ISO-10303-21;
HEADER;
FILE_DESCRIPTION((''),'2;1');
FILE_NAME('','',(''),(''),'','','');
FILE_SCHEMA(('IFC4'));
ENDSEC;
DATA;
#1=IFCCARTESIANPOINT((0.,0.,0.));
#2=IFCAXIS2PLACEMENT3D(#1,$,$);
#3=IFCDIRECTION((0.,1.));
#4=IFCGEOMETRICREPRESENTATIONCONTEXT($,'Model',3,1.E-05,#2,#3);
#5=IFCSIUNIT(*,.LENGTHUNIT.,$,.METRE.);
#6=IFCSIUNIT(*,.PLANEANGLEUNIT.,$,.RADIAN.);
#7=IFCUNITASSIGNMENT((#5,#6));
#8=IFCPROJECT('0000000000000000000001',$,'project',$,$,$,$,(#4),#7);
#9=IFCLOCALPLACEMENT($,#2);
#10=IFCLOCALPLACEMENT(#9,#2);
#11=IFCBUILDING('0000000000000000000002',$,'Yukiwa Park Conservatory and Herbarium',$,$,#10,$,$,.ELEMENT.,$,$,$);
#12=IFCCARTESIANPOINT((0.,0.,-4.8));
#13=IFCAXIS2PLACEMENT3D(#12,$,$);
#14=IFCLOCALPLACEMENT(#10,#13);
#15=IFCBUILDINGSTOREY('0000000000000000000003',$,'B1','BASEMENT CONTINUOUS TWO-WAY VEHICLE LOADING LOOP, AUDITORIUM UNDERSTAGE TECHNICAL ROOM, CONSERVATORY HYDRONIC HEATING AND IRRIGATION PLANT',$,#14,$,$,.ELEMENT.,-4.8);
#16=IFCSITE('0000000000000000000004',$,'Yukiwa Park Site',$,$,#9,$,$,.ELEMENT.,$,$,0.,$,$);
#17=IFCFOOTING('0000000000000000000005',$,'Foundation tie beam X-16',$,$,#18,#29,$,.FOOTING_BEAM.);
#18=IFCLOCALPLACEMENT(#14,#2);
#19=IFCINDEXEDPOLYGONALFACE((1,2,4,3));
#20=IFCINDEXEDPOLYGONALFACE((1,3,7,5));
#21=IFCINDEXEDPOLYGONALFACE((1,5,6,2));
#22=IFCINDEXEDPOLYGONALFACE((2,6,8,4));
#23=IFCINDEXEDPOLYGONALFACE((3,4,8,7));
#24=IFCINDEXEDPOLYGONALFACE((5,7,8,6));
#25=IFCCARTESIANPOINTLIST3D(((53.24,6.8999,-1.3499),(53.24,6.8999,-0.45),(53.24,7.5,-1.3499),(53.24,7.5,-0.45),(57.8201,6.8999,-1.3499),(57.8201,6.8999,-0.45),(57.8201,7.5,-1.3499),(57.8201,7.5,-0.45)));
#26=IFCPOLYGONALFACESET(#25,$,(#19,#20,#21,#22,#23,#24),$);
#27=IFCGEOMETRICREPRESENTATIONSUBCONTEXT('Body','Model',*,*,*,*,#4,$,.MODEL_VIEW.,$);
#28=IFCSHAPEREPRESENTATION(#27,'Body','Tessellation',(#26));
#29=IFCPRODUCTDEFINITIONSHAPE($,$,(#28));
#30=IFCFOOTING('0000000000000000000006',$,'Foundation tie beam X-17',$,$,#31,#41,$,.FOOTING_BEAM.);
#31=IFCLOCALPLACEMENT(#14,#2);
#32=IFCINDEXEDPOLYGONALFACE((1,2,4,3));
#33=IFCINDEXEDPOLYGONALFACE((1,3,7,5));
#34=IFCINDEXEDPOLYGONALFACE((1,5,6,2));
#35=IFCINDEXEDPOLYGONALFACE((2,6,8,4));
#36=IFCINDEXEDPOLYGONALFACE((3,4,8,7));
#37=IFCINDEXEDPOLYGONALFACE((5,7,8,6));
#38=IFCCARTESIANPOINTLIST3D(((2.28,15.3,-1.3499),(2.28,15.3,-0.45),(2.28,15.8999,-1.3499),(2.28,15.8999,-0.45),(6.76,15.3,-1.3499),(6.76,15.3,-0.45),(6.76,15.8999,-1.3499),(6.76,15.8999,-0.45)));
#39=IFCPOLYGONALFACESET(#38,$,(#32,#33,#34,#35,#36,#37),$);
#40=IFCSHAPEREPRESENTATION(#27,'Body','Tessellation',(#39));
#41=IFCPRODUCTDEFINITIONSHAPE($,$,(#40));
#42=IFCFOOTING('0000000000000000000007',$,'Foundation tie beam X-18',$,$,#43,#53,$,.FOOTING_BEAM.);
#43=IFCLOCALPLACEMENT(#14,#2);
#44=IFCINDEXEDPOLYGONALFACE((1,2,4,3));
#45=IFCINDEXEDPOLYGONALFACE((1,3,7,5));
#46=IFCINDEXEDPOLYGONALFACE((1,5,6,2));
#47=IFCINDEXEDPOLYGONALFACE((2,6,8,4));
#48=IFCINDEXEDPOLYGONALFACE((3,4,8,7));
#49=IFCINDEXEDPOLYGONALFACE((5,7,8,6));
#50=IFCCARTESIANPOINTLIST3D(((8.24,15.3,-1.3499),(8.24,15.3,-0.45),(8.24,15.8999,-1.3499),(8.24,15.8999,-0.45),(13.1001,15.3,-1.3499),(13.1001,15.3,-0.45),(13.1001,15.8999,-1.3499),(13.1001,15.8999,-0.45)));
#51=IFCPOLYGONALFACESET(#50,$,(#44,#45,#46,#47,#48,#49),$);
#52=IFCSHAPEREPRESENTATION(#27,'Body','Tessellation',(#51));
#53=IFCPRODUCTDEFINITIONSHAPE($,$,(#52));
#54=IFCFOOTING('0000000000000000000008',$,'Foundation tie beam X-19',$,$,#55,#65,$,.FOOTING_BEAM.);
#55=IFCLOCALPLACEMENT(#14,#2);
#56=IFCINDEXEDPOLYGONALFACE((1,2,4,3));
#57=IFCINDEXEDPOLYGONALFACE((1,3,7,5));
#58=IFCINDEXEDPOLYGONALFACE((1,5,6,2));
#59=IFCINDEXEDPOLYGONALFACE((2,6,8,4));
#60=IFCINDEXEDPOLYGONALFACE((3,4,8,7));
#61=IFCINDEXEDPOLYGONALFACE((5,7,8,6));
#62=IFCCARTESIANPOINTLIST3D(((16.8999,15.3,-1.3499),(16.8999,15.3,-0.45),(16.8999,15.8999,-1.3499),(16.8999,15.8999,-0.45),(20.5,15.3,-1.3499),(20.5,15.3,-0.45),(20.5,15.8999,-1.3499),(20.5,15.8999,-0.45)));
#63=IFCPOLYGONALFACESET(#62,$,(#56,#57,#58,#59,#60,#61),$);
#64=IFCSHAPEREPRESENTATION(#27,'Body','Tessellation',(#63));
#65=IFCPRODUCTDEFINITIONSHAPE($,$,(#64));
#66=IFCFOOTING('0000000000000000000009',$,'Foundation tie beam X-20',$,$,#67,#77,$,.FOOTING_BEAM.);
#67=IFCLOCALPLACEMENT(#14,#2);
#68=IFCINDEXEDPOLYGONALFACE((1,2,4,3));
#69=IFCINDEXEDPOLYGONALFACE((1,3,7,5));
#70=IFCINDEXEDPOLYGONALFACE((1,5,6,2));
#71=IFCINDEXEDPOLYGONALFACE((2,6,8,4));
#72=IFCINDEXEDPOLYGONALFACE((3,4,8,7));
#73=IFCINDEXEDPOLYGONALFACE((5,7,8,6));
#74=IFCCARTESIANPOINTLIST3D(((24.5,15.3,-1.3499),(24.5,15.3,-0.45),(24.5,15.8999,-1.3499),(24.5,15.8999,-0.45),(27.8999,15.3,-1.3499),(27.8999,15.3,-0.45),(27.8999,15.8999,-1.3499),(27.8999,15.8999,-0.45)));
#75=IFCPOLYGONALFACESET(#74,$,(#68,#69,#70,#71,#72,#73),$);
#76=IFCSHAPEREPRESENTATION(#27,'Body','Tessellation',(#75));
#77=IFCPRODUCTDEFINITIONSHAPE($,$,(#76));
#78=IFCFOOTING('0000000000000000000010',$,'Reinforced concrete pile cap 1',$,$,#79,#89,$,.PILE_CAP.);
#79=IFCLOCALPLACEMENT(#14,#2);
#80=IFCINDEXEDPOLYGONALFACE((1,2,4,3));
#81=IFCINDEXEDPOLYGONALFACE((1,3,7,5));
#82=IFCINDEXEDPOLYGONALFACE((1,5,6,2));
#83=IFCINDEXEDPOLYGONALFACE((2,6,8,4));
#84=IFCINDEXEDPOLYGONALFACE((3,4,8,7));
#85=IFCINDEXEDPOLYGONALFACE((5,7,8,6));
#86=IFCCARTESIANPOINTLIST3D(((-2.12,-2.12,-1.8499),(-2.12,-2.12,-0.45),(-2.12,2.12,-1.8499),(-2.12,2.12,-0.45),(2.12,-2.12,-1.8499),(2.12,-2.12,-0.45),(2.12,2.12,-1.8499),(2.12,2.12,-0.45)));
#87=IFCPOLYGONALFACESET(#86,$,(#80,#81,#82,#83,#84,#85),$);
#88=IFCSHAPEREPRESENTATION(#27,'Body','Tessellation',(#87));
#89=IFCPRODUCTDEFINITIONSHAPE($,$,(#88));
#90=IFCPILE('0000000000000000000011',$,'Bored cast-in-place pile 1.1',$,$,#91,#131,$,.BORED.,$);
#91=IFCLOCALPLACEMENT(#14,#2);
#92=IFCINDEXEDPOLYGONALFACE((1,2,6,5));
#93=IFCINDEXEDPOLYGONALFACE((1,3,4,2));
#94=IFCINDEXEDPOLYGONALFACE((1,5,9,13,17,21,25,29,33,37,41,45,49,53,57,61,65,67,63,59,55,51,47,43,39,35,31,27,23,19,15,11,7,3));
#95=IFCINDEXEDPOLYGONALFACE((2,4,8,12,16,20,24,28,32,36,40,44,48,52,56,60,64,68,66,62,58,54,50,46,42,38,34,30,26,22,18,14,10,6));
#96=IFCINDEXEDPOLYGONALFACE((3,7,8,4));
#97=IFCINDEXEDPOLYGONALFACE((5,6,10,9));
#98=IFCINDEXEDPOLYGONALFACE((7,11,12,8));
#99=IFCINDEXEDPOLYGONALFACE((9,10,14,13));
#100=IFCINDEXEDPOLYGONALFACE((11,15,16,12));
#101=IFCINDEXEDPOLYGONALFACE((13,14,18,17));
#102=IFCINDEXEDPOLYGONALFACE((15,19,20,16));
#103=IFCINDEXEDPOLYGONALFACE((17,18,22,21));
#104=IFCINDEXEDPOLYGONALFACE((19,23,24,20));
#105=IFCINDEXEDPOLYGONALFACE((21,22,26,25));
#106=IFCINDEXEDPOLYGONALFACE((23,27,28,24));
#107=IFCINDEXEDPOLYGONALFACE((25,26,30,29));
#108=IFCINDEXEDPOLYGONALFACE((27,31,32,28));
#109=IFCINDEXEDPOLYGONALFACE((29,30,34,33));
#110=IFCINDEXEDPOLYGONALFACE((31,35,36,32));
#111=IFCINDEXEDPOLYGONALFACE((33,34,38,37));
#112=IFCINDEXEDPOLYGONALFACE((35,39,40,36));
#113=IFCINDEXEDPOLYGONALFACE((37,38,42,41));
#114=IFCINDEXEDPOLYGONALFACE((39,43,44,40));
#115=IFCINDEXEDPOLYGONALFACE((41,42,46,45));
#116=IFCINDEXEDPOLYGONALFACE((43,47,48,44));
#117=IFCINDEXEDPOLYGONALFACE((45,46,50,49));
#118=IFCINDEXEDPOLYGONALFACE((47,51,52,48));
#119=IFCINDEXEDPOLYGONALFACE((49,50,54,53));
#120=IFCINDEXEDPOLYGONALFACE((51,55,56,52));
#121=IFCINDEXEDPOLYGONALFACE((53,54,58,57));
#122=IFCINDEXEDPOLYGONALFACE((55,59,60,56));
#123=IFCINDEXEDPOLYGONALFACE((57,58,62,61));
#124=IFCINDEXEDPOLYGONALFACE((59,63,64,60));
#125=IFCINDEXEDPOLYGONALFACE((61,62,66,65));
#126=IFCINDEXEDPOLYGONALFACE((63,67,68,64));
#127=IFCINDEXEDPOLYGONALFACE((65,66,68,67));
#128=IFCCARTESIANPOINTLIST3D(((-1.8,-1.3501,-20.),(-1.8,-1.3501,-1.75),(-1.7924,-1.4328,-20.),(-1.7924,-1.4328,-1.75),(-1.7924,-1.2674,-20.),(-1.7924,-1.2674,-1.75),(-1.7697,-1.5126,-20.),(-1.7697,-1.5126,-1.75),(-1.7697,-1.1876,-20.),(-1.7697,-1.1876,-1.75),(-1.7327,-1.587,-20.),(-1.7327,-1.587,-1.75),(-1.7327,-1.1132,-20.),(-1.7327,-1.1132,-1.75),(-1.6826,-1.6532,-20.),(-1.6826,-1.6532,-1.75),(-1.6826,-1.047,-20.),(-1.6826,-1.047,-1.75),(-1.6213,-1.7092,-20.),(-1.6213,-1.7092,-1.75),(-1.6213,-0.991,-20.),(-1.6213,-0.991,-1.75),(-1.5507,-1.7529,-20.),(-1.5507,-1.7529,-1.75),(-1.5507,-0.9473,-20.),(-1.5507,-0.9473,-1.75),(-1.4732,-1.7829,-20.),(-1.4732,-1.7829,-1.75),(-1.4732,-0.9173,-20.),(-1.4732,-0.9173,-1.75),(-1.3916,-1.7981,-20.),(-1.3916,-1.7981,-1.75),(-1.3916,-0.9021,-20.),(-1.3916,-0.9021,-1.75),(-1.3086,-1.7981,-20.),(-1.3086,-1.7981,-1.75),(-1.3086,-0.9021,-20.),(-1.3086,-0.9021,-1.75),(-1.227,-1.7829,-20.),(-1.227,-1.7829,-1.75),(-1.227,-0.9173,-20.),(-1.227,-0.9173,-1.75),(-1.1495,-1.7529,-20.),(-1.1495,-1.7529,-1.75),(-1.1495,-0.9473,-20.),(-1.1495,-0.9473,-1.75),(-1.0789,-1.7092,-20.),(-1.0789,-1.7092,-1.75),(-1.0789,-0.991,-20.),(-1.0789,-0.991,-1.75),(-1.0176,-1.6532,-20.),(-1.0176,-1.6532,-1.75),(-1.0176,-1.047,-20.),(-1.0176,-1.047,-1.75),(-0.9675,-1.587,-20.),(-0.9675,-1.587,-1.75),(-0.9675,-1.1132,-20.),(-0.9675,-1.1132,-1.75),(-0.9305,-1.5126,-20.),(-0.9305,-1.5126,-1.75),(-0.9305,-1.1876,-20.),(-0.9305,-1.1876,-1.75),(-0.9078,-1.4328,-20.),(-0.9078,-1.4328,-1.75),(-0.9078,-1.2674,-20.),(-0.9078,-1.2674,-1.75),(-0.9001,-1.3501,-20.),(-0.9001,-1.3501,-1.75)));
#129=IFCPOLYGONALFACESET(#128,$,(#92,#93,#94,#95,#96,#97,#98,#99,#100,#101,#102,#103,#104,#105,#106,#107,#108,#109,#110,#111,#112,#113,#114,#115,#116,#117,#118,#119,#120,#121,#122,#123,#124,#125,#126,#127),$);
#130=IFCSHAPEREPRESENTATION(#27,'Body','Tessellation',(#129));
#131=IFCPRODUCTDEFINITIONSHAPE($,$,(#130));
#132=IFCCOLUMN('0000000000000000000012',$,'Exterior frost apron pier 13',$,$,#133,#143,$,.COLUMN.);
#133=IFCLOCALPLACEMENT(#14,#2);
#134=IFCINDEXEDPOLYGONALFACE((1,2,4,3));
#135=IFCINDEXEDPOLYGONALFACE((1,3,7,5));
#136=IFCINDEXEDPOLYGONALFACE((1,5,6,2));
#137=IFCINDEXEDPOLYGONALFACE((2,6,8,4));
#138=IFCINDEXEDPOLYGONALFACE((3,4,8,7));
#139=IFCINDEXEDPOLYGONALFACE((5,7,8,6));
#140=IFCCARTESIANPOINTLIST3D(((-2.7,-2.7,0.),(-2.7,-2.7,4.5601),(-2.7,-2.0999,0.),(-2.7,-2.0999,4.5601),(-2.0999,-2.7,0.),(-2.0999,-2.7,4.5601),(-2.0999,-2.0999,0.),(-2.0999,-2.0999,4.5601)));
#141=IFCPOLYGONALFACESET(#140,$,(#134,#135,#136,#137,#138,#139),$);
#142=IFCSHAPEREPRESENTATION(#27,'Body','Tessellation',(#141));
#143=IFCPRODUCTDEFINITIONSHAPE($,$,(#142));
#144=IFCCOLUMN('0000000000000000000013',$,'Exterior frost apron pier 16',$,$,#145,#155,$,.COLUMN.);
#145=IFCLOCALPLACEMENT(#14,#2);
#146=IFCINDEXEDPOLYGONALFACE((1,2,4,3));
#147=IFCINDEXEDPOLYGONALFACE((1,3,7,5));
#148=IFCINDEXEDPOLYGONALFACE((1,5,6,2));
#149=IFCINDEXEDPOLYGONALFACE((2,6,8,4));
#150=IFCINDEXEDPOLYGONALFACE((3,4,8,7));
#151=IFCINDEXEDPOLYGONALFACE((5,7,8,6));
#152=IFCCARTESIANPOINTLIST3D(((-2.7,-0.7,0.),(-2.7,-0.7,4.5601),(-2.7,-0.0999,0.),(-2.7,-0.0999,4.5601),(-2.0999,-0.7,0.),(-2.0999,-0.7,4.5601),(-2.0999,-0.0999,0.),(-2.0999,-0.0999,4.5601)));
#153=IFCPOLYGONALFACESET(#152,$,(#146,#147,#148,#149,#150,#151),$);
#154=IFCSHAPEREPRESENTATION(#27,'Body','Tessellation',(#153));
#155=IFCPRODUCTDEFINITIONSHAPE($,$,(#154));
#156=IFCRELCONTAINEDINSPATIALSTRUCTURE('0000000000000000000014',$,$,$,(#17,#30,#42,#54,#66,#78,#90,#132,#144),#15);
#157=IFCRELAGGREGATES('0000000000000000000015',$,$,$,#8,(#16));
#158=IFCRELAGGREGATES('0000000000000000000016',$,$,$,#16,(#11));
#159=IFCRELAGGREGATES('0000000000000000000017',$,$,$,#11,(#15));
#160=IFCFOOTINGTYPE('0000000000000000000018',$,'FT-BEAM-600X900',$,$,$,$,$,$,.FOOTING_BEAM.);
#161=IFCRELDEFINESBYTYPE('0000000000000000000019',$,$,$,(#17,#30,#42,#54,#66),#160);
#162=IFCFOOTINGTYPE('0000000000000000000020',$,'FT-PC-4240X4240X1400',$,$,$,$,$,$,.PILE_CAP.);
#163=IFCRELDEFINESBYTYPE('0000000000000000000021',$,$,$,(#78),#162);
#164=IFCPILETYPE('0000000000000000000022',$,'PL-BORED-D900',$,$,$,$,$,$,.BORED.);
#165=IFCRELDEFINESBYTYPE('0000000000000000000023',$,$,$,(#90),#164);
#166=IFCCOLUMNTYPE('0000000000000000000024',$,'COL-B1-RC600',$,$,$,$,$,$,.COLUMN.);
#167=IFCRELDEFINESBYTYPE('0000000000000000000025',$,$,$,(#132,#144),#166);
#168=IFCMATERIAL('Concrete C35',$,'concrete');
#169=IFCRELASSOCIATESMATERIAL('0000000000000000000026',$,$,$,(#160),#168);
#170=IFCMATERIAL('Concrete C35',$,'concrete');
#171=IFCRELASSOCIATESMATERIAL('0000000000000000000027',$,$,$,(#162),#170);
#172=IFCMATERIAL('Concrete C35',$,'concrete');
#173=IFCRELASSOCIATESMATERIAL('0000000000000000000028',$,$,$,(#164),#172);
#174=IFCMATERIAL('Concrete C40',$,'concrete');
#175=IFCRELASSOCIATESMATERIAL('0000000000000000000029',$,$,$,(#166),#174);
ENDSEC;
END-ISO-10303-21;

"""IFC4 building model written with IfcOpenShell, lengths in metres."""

from ifc_helpers import new_model, si_unit, direction, frame, origin, origin_2d, place, context, subcontext, project, spatial, polyline, rectangle, circle, outline, extrude, material, material_profile, profile_set, type_object, element, save


model = new_model("IFC4")

# Units and contexts
model_context = context("Model", 3, precision=1e-05, world=origin(), true_north=direction((0.0, 1.0)))
body_context = subcontext(model_context, "Body", "Model", "MODEL_VIEW")
ifc_project = project(units=[si_unit("LENGTHUNIT", "METRE"), si_unit("PLANEANGLEUNIT", "RADIAN")], contexts=[model_context])

# Site, building, storey
site_placement = place(None, origin())
site = spatial("IfcSite", under=ifc_project, at=site_placement, Name="Yukiwa Park Site", CompositionType="ELEMENT", RefElevation=0.0)
building_placement = place(site_placement, origin())
building = spatial("IfcBuilding", under=site, at=building_placement, Name="Yukiwa Park Conservatory and Herbarium", CompositionType="ELEMENT")
storey_placement = place(building_placement, frame((0.0, 0.0, -4.8)))
storey = spatial("IfcBuildingStorey", under=building, at=storey_placement, Name="B1", Description="BASEMENT CONTINUOUS TWO-WAY VEHICLE LOADING LOOP, AUDITORIUM UNDERSTAGE TECHNICAL ROOM, CONSERVATORY HYDRONIC HEATING AND IRRIGATION PLANT", CompositionType="ELEMENT", Elevation=-4.8)

# Footings
ifc_material_1 = material(Name="Concrete C35", Category="concrete")
footing_type_1 = type_object("IfcFootingType", Name="FT-BEAM-600X900", PredefinedType="FOOTING_BEAM", material=ifc_material_1)
footing_1_placement = place(storey_placement, frame((0.0, 0.0, -1.3499)))
element("IfcFooting", 1, at=footing_1_placement, inside=storey, type_object=footing_type_1, Name="Foundation tie beam X-16", PredefinedType="FOOTING_BEAM", context=body_context, shape_type="SweptSolid", body=[
    extrude(outline(polyline([(53.24, 6.8999), (57.8201, 6.8999), (57.8201, 7.5), (53.24, 7.5), (53.24, 6.8999)])), origin(), (0.0, 0.0, 1.0), 0.8999),
])
footing_2_placement = place(storey_placement, frame((0.0, 0.0, -1.3499)))
element("IfcFooting", 2, at=footing_2_placement, inside=storey, type_object=footing_type_1, Name="Foundation tie beam X-17", PredefinedType="FOOTING_BEAM", context=body_context, shape_type="SweptSolid", body=[
    extrude(outline(polyline([(2.28, 15.3), (6.76, 15.3), (6.76, 15.8999), (2.28, 15.8999), (2.28, 15.3)])), origin(), (0.0, 0.0, 1.0), 0.8999),
])
footing_3_placement = place(storey_placement, frame((0.0, 0.0, -1.3499)))
element("IfcFooting", 3, at=footing_3_placement, inside=storey, type_object=footing_type_1, Name="Foundation tie beam X-18", PredefinedType="FOOTING_BEAM", context=body_context, shape_type="SweptSolid", body=[
    extrude(outline(polyline([(8.24, 15.3), (13.1001, 15.3), (13.1001, 15.8999), (8.24, 15.8999), (8.24, 15.3)])), origin(), (0.0, 0.0, 1.0), 0.8999),
])
footing_4_placement = place(storey_placement, frame((0.0, 0.0, -1.3499)))
element("IfcFooting", 4, at=footing_4_placement, inside=storey, type_object=footing_type_1, Name="Foundation tie beam X-19", PredefinedType="FOOTING_BEAM", context=body_context, shape_type="SweptSolid", body=[
    extrude(outline(polyline([(16.8999, 15.3), (20.5, 15.3), (20.5, 15.8999), (16.8999, 15.8999), (16.8999, 15.3)])), origin(), (0.0, 0.0, 1.0), 0.8999),
])
footing_5_placement = place(storey_placement, frame((0.0, 0.0, -1.3499)))
element("IfcFooting", 5, at=footing_5_placement, inside=storey, type_object=footing_type_1, Name="Foundation tie beam X-20", PredefinedType="FOOTING_BEAM", context=body_context, shape_type="SweptSolid", body=[
    extrude(outline(polyline([(24.5, 15.3), (27.8999, 15.3), (27.8999, 15.8999), (24.5, 15.8999), (24.5, 15.3)])), origin(), (0.0, 0.0, 1.0), 0.8999),
])
ifc_material_2 = material(Name="Concrete C35", Category="concrete")
footing_type_2 = type_object("IfcFootingType", Name="FT-PC-4240X4240X1400", PredefinedType="PILE_CAP", material=ifc_material_2)
footing_6_placement = place(storey_placement, frame((0.0, 0.0, -1.8499), z_axis=(0.0, 0.0, 1.0), x_axis=(1.0, 0.0, 0.0)))
element("IfcFooting", 6, at=footing_6_placement, inside=storey, type_object=footing_type_2, Name="Reinforced concrete pile cap 1", PredefinedType="PILE_CAP", context=body_context, shape_type="SweptSolid", body=[
    extrude(rectangle(XDim=4.24, YDim=4.24, at=origin_2d()), origin(), (0.0, 0.0, 1.0), 1.3999),
])

# Pile
ifc_material_3 = material(Name="Concrete C35", Category="concrete")
ifc_material_profile_1 = material_profile(ifc_material_3, circle(Radius=0.45, at=origin_2d()), Name="PILE D900")
ifc_profile_set_1 = profile_set([ifc_material_profile_1], Name="Concrete C35")
pile_type = type_object("IfcPileType", Name="PL-BORED-D900", PredefinedType="BORED", material=ifc_profile_set_1)
pile_placement = place(storey_placement, frame((-1.3501, -1.3501, -1.75), z_axis=(0.0, 0.0, -1.0), x_axis=(1.0, 0.0, 0.0)))
element("IfcPile", 7, at=pile_placement, inside=storey, type_object=pile_type, Name="Bored cast-in-place pile 1.1", PredefinedType="BORED", context=body_context, shape_type="SweptSolid", body=[
    extrude(circle(Radius=0.45, at=origin_2d()), origin(), (0.0, 0.0, 1.0), 18.25),
])

# Columns
ifc_material_4 = material(Name="Concrete C40", Category="concrete")
ifc_material_profile_2 = material_profile(ifc_material_4, rectangle(XDim=0.6001, YDim=0.6001, at=origin_2d()), Name="RC 600x600")
ifc_profile_set_2 = profile_set([ifc_material_profile_2], Name="Concrete C40")
column_type = type_object("IfcColumnType", Name="COL-B1-RC600", PredefinedType="COLUMN", material=ifc_profile_set_2)
for number, where, z_axis, x_axis, name in (
    (8, (-2.3999, -2.3999, 0.0), (0.0, 0.0, 1.0), (1.0, 0.0, 0.0), "Exterior frost apron pier 13"),
    (9, (-2.3999, -0.3999, 0.0), (0.0, 0.0, 1.0), (1.0, 0.0, 0.0), "Exterior frost apron pier 16"),
):
    element("IfcColumn", number, at=place(storey_placement, frame(where, z_axis=z_axis, x_axis=x_axis)), inside=storey, type_object=column_type, Name=name, PredefinedType="COLUMN", context=body_context, shape_type="SweptSolid", body=[
        extrude(rectangle(XDim=0.6001, YDim=0.6001, at=origin_2d()), origin(), (0.0, 0.0, 1.0), 4.5601),
    ])

save(model, "model.ifc")
